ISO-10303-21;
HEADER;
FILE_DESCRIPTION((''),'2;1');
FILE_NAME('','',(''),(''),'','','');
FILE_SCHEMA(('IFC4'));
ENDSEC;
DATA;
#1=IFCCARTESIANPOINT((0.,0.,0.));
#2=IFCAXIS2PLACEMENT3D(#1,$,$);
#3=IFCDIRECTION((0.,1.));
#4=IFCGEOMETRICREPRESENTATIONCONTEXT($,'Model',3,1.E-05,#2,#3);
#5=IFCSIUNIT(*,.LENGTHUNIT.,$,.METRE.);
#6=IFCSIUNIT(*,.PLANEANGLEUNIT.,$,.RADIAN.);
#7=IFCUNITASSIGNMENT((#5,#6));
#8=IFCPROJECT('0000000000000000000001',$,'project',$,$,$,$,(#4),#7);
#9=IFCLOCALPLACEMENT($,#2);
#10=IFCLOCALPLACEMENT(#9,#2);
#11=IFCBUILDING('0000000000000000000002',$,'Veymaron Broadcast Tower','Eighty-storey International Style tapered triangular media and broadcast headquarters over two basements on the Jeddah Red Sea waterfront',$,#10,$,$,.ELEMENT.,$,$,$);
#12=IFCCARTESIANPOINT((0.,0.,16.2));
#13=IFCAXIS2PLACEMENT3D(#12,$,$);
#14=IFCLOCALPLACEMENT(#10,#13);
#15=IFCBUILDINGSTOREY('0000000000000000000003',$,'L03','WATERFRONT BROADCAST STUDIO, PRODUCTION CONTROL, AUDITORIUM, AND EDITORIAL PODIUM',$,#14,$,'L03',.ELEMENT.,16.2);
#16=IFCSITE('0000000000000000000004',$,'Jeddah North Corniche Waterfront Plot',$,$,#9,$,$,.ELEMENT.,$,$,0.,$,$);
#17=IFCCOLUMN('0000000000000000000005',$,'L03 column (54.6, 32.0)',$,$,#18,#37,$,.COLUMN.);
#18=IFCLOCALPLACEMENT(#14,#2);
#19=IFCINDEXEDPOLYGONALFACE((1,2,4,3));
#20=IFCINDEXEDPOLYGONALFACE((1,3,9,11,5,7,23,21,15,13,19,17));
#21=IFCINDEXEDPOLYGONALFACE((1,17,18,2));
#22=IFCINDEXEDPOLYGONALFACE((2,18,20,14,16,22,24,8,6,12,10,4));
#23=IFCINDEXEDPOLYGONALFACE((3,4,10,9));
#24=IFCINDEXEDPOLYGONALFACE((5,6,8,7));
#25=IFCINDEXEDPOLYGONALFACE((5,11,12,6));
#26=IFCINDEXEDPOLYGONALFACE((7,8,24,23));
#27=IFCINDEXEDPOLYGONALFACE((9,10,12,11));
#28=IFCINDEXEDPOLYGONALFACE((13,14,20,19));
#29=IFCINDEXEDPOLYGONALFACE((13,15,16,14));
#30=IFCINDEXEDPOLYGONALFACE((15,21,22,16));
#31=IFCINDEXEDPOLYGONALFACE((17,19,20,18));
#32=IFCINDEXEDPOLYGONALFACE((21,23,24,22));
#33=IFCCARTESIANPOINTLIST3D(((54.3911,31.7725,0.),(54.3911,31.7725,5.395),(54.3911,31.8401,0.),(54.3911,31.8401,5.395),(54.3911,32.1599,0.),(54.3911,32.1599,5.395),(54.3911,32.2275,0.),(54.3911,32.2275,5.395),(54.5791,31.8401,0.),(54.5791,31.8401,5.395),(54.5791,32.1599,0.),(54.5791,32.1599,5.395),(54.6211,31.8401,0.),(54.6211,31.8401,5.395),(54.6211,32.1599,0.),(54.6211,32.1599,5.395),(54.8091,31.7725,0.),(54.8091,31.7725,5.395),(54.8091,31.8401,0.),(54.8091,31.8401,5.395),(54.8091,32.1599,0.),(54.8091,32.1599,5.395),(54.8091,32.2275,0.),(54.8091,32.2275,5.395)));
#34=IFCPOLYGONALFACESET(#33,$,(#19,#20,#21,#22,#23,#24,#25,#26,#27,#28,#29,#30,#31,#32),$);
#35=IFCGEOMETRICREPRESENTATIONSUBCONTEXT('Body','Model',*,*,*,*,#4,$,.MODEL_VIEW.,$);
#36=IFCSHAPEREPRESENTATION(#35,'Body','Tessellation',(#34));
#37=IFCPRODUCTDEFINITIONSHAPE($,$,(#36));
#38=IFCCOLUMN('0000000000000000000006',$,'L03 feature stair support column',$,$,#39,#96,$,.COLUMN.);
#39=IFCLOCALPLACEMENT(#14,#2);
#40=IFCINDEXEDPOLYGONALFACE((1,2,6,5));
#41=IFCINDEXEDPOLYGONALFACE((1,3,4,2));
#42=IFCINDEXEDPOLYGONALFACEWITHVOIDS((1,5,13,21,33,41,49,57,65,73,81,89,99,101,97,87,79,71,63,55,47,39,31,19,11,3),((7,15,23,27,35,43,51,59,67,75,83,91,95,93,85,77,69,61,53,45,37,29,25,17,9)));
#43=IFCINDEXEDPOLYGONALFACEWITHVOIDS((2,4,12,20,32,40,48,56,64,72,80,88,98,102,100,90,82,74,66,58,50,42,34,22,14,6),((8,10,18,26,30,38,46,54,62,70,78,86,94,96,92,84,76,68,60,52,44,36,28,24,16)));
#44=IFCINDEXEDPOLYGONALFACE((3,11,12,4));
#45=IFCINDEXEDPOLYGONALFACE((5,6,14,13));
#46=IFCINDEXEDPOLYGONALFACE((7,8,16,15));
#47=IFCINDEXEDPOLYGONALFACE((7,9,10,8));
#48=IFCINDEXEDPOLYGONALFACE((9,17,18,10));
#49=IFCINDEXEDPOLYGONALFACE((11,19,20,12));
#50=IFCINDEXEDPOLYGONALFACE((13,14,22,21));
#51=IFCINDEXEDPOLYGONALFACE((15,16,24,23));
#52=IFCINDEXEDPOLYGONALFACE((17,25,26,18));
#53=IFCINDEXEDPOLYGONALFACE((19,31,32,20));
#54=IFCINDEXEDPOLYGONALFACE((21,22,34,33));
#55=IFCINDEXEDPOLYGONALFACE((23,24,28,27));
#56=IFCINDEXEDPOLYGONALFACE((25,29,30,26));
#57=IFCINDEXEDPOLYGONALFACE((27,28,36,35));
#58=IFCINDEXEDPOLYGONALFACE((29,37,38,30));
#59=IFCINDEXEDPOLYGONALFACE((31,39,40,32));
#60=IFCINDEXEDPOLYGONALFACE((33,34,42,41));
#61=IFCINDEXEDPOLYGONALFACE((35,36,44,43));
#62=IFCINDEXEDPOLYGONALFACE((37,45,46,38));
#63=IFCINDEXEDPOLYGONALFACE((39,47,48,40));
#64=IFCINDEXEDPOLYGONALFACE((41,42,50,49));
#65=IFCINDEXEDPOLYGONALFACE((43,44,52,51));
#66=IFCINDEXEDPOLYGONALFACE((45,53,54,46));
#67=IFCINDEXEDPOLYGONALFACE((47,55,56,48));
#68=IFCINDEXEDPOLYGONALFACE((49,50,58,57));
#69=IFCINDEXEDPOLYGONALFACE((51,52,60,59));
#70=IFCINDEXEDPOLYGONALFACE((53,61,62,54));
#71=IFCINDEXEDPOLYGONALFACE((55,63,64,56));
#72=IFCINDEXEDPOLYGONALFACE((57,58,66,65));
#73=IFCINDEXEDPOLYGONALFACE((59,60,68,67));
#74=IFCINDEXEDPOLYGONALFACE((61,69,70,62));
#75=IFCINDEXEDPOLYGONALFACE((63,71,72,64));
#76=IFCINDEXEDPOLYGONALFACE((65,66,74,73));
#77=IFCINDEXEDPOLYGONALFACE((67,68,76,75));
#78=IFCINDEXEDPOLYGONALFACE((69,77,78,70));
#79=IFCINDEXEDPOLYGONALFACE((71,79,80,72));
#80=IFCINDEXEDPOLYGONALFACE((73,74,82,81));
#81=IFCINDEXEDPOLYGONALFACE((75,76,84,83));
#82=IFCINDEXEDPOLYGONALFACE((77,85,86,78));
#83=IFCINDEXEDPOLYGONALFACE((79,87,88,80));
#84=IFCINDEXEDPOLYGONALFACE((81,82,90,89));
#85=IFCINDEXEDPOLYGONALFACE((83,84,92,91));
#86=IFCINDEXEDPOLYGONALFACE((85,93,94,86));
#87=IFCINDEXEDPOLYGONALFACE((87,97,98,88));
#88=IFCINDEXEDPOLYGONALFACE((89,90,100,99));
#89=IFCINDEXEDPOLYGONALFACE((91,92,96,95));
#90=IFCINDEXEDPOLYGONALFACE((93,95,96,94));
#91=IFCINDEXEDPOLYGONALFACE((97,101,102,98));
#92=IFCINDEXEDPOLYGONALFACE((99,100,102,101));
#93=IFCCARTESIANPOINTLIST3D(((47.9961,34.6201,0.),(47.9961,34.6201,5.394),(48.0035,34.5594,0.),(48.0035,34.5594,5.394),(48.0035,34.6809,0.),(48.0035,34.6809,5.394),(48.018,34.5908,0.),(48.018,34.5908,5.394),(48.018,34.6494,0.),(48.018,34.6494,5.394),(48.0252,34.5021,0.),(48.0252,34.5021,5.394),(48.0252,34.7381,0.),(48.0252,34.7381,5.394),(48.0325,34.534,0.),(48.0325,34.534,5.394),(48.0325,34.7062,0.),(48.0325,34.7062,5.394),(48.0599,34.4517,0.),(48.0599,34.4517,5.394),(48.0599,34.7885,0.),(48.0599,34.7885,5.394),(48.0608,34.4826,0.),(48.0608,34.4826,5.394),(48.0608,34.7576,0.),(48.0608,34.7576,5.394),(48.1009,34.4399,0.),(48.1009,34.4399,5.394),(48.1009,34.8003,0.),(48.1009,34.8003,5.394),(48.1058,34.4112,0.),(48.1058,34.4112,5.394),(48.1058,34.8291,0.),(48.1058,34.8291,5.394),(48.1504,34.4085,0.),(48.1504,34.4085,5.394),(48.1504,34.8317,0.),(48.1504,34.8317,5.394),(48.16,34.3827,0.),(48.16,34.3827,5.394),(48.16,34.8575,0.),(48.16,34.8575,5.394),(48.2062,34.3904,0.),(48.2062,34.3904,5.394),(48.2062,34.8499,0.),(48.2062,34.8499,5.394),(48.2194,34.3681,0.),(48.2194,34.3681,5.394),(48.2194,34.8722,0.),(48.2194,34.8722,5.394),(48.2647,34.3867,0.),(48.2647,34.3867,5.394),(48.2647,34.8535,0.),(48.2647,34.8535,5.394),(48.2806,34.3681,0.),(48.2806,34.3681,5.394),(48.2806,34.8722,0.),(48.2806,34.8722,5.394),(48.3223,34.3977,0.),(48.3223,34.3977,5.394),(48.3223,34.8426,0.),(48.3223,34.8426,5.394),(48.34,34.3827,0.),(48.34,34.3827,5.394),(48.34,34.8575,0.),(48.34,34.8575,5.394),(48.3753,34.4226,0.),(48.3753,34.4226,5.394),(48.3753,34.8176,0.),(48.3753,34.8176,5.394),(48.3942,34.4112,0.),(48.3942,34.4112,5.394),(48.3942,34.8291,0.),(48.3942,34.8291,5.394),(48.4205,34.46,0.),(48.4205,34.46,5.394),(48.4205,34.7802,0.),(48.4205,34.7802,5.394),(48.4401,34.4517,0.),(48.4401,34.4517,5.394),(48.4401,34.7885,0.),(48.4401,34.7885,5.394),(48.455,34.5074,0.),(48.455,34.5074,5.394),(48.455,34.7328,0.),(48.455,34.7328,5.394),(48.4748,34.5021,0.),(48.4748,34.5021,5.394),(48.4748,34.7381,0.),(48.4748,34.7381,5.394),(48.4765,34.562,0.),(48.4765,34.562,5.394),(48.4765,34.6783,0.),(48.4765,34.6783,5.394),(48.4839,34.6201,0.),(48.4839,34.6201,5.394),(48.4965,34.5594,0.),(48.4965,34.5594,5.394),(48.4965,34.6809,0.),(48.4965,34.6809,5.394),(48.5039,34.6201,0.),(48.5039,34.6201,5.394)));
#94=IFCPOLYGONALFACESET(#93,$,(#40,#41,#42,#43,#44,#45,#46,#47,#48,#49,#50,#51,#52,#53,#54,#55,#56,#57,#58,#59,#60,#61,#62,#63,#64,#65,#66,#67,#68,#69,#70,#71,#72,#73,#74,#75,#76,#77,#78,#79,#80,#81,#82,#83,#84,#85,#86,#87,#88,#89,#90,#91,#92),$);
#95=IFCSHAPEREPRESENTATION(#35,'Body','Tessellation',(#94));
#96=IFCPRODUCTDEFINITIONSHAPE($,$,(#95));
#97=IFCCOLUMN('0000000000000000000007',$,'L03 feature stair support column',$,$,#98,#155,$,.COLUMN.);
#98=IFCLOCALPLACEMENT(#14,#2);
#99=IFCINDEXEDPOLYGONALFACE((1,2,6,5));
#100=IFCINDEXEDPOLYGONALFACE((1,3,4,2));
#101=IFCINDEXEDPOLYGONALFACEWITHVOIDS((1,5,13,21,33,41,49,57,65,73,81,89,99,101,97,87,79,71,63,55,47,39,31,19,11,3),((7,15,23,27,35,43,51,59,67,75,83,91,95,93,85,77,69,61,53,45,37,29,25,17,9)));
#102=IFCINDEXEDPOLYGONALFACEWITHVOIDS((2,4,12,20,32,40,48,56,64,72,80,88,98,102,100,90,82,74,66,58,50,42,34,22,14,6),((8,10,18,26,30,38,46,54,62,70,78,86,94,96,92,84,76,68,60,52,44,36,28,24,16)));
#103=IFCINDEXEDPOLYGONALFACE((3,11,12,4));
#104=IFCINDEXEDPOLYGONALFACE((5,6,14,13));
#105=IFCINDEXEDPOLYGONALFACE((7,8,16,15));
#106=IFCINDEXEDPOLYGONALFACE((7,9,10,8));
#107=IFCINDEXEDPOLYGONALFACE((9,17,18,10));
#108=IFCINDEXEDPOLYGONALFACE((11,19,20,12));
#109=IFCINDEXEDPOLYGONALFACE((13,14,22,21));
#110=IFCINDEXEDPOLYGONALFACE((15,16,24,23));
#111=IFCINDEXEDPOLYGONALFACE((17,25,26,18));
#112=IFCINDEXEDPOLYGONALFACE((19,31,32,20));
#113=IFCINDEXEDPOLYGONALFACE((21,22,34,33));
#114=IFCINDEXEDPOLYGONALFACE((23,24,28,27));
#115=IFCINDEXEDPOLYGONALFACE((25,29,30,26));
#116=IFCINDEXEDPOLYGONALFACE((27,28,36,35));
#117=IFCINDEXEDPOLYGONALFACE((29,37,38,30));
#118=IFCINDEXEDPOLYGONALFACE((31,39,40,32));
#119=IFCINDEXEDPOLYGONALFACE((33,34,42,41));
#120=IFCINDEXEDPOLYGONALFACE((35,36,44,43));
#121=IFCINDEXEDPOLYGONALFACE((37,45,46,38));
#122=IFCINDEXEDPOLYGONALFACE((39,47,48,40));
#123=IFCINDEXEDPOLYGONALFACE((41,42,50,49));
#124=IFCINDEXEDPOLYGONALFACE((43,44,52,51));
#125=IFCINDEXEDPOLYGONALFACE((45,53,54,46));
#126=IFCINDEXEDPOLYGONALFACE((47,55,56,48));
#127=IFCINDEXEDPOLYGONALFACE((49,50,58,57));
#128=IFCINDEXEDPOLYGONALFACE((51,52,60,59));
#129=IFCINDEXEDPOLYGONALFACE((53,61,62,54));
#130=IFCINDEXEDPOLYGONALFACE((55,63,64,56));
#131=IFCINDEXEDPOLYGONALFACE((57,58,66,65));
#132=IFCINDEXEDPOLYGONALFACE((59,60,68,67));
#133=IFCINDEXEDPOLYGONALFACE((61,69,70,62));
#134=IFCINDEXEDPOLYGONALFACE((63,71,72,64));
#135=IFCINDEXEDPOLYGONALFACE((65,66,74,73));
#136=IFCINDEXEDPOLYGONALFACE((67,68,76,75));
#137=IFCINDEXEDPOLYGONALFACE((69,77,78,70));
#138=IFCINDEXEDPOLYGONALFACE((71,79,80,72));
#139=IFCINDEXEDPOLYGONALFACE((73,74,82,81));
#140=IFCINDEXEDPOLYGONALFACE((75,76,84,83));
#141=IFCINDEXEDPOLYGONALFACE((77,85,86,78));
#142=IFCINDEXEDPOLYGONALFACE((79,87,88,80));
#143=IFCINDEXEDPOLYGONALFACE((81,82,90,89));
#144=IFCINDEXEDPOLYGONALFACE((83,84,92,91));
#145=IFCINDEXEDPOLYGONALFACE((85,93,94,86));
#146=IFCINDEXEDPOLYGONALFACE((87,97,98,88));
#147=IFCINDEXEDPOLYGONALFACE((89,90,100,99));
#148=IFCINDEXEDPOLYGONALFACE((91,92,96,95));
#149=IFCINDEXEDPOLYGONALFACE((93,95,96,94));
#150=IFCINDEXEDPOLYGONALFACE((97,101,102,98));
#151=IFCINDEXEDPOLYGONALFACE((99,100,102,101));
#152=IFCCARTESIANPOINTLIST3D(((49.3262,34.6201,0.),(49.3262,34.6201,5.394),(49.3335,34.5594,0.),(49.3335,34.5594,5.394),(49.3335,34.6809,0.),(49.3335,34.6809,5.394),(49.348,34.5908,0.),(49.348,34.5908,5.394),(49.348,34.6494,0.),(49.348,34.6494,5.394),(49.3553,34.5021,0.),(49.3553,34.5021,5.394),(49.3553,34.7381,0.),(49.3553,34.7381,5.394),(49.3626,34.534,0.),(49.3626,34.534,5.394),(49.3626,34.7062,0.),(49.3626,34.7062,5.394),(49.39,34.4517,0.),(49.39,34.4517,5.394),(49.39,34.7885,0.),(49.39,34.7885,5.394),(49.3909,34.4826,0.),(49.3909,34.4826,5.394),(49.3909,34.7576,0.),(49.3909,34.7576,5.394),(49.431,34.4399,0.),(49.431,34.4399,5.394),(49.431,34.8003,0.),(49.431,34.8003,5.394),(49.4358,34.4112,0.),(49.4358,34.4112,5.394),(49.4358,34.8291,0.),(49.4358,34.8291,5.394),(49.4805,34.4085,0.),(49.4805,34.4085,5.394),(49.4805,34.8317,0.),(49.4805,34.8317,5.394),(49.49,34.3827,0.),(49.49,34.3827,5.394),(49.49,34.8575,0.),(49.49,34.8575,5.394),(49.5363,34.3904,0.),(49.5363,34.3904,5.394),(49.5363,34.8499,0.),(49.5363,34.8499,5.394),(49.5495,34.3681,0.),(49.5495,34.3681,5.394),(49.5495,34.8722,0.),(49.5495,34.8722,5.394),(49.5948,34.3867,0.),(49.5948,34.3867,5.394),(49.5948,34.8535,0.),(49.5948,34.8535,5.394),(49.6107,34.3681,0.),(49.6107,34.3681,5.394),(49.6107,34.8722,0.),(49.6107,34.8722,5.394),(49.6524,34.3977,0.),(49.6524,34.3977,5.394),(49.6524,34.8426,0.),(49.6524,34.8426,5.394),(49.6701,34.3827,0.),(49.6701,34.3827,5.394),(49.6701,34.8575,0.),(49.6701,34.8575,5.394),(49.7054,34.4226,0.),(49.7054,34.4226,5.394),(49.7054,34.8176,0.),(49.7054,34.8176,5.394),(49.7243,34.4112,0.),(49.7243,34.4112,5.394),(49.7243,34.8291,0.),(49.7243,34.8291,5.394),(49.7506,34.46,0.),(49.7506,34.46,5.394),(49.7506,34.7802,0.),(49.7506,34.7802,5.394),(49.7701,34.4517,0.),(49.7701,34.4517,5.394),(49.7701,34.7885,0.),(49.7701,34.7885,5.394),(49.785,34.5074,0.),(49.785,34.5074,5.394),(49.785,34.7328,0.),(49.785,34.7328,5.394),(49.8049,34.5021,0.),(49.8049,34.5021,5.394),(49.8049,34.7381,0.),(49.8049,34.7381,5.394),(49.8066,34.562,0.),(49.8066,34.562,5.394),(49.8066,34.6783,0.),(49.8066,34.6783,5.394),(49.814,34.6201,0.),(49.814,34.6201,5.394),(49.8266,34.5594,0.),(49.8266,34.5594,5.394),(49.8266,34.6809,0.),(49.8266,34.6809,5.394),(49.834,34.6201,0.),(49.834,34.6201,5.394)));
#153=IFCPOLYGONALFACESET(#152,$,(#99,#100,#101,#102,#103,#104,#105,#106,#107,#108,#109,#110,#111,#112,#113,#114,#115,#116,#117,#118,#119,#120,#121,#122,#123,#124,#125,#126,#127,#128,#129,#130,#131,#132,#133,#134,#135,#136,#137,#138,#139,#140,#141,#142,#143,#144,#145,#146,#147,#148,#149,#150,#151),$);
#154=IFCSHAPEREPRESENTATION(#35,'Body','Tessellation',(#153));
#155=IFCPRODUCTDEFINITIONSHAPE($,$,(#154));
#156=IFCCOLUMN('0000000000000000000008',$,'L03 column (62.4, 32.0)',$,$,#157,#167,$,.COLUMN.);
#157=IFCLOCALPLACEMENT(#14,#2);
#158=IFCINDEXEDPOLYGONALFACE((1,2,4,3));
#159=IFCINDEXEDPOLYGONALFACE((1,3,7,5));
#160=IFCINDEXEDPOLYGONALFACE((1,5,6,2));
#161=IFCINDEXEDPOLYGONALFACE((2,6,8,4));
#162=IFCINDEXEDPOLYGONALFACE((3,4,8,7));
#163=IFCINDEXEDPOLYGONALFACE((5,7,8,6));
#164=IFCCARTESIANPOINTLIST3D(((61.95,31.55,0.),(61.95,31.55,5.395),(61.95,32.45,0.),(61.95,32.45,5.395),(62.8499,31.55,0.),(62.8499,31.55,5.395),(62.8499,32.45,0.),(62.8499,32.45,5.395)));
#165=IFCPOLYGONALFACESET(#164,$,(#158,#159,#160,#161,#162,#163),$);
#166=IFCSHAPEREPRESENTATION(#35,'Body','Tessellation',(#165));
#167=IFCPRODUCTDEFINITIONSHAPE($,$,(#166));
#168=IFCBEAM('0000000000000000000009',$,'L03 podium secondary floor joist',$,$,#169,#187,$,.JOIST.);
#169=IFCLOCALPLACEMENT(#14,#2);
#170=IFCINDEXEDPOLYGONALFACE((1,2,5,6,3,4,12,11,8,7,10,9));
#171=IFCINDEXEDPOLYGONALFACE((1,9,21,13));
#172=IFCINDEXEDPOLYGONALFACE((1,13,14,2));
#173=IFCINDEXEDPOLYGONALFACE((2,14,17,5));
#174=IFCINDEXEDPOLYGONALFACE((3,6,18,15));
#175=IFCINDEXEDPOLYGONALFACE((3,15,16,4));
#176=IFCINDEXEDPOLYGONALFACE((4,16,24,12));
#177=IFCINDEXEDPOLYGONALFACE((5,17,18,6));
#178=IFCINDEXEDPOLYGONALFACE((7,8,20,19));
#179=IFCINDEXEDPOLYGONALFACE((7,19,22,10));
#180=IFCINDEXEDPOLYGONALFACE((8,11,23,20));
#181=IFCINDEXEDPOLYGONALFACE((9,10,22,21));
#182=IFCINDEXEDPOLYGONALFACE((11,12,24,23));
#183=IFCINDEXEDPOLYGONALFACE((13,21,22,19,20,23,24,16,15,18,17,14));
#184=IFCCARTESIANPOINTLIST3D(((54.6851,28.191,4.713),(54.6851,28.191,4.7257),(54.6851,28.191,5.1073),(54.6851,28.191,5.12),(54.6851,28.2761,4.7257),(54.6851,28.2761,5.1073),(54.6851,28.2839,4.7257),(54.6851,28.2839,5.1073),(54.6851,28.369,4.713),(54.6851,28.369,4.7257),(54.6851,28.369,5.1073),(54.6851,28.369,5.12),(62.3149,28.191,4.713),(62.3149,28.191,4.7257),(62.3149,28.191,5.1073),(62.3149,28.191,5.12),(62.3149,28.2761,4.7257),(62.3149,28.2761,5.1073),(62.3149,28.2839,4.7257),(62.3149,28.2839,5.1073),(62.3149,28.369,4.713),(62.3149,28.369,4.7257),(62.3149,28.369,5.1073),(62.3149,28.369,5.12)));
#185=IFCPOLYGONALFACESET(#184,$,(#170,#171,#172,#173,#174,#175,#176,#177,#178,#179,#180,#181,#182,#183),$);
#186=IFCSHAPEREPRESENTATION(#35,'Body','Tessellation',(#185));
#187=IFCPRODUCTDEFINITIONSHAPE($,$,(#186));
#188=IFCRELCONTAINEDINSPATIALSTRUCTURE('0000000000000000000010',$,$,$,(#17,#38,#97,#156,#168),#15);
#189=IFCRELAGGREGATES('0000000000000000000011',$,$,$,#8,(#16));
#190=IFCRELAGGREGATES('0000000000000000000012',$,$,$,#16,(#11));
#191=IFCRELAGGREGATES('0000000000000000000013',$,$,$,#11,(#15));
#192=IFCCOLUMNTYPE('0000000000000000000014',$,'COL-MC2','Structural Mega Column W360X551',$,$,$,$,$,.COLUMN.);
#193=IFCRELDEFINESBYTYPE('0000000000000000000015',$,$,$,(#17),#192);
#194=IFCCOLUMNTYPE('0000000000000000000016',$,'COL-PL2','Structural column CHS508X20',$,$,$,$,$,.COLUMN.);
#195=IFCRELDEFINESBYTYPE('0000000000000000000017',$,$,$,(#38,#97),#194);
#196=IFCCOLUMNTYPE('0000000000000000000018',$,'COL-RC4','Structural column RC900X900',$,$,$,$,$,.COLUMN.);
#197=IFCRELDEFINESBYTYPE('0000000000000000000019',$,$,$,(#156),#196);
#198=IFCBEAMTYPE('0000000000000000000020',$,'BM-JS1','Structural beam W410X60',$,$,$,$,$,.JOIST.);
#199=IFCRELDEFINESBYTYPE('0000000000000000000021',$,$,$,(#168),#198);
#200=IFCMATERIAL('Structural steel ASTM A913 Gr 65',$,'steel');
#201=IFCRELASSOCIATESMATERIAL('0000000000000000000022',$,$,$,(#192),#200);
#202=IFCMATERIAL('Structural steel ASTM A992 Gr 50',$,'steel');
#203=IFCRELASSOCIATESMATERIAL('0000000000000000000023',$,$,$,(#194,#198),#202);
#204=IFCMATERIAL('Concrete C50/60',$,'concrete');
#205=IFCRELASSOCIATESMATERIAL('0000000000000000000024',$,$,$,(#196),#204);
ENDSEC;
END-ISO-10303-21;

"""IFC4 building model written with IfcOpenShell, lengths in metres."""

from ifc_helpers import new_model, si_unit, direction, frame, origin, origin_2d, place, context, subcontext, project, spatial, rectangle, hollow_circle, i_section, extrude, material, material_profile, profile_set, type_object, element, save


model = new_model("IFC4")

# Units and contexts
model_context = context("Model", 3, precision=1e-05, world=origin(), true_north=direction((0.0, 1.0)))
body_context = subcontext(model_context, "Body", "Model", "MODEL_VIEW")
ifc_project = project(units=[si_unit("LENGTHUNIT", "METRE"), si_unit("PLANEANGLEUNIT", "RADIAN")], contexts=[model_context])

# Site, building, storey
site_placement = place(None, origin())
site = spatial("IfcSite", under=ifc_project, at=site_placement, Name="Jeddah North Corniche Waterfront Plot", CompositionType="ELEMENT", RefElevation=0.0)
building_placement = place(site_placement, origin())
building = spatial("IfcBuilding", under=site, at=building_placement, Name="Veymaron Broadcast Tower", Description="Eighty-storey International Style tapered triangular media and broadcast headquarters over two basements on the Jeddah Red Sea waterfront", CompositionType="ELEMENT")
storey_placement = place(building_placement, frame((0.0, 0.0, 16.2)))
storey = spatial("IfcBuildingStorey", under=building, at=storey_placement, Name="L03", Description="WATERFRONT BROADCAST STUDIO, PRODUCTION CONTROL, AUDITORIUM, AND EDITORIAL PODIUM", LongName="L03", CompositionType="ELEMENT", Elevation=16.2)

# Columns
ifc_material_1 = material(Name="Structural steel ASTM A913 Gr 65", Category="steel")
ifc_material_profile_1 = material_profile(ifc_material_1, i_section(OverallWidth=0.418, OverallDepth=0.4551, WebThickness=0.042, FlangeThickness=0.0676, at=origin_2d()), Name="W360X551")
ifc_profile_set_1 = profile_set([ifc_material_profile_1], Name="Structural steel ASTM A913 Gr 65")
column_type_1 = type_object("IfcColumnType", Name="COL-MC2", Description="Structural Mega Column W360X551", PredefinedType="COLUMN", material=ifc_profile_set_1)
column_1_placement = place(storey_placement, frame((54.6001, 32.0, 0.0), z_axis=(0.0, 0.0, 1.0), x_axis=(1.0, 0.0, 0.0)))
element("IfcColumn", 1, at=column_1_placement, inside=storey, type_object=column_type_1, Name="L03 column (54.6, 32.0)", PredefinedType="COLUMN", context=body_context, shape_type="SweptSolid", body=[
    extrude(i_section(OverallWidth=0.418, OverallDepth=0.4551, WebThickness=0.042, FlangeThickness=0.0676, at=origin_2d()), origin(), (0.0, 0.0, 1.0), 5.395),
])
ifc_material_2 = material(Name="Structural steel ASTM A992 Gr 50", Category="steel")
ifc_material_profile_2 = material_profile(ifc_material_2, hollow_circle(Radius=0.2539, WallThickness=0.02, at=origin_2d()), Name="CHS508X20")
ifc_profile_set_2 = profile_set([ifc_material_profile_2], Name="Structural steel ASTM A992 Gr 50")
column_type_2 = type_object("IfcColumnType", Name="COL-PL2", Description="Structural column CHS508X20", PredefinedType="COLUMN", material=ifc_profile_set_2)
for number, where, z_axis, x_axis, name in (
    (2, (48.25, 34.6201, 0.0), (0.0, 0.0, 1.0), (1.0, 0.0, 0.0), "L03 feature stair support column"),
    (3, (49.5801, 34.6201, 0.0), (0.0, 0.0, 1.0), (1.0, 0.0, 0.0), "L03 feature stair support column"),
):
    element("IfcColumn", number, at=place(storey_placement, frame(where, z_axis=z_axis, x_axis=x_axis)), inside=storey, type_object=column_type_2, Name=name, PredefinedType="COLUMN", context=body_context, shape_type="SweptSolid", body=[
        extrude(hollow_circle(Radius=0.2539, WallThickness=0.02, at=origin_2d()), origin(), (0.0, 0.0, 1.0), 5.394),
    ])
ifc_material_3 = material(Name="Concrete C50/60", Category="concrete")
ifc_material_profile_3 = material_profile(ifc_material_3, rectangle(XDim=0.8999, YDim=0.8999, at=origin_2d()), Name="RC900X900")
ifc_profile_set_3 = profile_set([ifc_material_profile_3], Name="Concrete C50/60")
column_type_3 = type_object("IfcColumnType", Name="COL-RC4", Description="Structural column RC900X900", PredefinedType="COLUMN", material=ifc_profile_set_3)
column_2_placement = place(storey_placement, frame((62.3999, 32.0, 0.0), z_axis=(0.0, 0.0, 1.0), x_axis=(1.0, 0.0, 0.0)))
element("IfcColumn", 4, at=column_2_placement, inside=storey, type_object=column_type_3, Name="L03 column (62.4, 32.0)", PredefinedType="COLUMN", context=body_context, shape_type="SweptSolid", body=[
    extrude(rectangle(XDim=0.8999, YDim=0.8999, at=origin_2d()), origin(), (0.0, 0.0, 1.0), 5.395),
])

# Beam
ifc_material_profile_4 = material_profile(ifc_material_2, i_section(OverallWidth=0.178, OverallDepth=0.407, WebThickness=0.0078, FlangeThickness=0.0127, at=origin_2d()), Name="W410X60")
ifc_profile_set_4 = profile_set([ifc_material_profile_4], Name="Structural steel ASTM A992 Gr 50")
beam_type_1 = type_object("IfcBeamType", Name="BM-JS1", Description="Structural beam W410X60", PredefinedType="JOIST", material=ifc_profile_set_4)
beam_1_placement = place(storey_placement, frame((54.6851, 28.28, 4.9165), z_axis=(1.0, 0.0, 0.0), x_axis=(0.0, 1.0, 0.0)))
element("IfcBeam", 5, at=beam_1_placement, inside=storey, type_object=beam_type_1, Name="L03 podium secondary floor joist", PredefinedType="JOIST", context=body_context, shape_type="SweptSolid", body=[
    extrude(i_section(OverallWidth=0.178, OverallDepth=0.407, WebThickness=0.0078, FlangeThickness=0.0127, at=origin_2d()), origin(), (0.0, 0.0, 1.0), 7.6299),
])

save(model, "model.ifc")
